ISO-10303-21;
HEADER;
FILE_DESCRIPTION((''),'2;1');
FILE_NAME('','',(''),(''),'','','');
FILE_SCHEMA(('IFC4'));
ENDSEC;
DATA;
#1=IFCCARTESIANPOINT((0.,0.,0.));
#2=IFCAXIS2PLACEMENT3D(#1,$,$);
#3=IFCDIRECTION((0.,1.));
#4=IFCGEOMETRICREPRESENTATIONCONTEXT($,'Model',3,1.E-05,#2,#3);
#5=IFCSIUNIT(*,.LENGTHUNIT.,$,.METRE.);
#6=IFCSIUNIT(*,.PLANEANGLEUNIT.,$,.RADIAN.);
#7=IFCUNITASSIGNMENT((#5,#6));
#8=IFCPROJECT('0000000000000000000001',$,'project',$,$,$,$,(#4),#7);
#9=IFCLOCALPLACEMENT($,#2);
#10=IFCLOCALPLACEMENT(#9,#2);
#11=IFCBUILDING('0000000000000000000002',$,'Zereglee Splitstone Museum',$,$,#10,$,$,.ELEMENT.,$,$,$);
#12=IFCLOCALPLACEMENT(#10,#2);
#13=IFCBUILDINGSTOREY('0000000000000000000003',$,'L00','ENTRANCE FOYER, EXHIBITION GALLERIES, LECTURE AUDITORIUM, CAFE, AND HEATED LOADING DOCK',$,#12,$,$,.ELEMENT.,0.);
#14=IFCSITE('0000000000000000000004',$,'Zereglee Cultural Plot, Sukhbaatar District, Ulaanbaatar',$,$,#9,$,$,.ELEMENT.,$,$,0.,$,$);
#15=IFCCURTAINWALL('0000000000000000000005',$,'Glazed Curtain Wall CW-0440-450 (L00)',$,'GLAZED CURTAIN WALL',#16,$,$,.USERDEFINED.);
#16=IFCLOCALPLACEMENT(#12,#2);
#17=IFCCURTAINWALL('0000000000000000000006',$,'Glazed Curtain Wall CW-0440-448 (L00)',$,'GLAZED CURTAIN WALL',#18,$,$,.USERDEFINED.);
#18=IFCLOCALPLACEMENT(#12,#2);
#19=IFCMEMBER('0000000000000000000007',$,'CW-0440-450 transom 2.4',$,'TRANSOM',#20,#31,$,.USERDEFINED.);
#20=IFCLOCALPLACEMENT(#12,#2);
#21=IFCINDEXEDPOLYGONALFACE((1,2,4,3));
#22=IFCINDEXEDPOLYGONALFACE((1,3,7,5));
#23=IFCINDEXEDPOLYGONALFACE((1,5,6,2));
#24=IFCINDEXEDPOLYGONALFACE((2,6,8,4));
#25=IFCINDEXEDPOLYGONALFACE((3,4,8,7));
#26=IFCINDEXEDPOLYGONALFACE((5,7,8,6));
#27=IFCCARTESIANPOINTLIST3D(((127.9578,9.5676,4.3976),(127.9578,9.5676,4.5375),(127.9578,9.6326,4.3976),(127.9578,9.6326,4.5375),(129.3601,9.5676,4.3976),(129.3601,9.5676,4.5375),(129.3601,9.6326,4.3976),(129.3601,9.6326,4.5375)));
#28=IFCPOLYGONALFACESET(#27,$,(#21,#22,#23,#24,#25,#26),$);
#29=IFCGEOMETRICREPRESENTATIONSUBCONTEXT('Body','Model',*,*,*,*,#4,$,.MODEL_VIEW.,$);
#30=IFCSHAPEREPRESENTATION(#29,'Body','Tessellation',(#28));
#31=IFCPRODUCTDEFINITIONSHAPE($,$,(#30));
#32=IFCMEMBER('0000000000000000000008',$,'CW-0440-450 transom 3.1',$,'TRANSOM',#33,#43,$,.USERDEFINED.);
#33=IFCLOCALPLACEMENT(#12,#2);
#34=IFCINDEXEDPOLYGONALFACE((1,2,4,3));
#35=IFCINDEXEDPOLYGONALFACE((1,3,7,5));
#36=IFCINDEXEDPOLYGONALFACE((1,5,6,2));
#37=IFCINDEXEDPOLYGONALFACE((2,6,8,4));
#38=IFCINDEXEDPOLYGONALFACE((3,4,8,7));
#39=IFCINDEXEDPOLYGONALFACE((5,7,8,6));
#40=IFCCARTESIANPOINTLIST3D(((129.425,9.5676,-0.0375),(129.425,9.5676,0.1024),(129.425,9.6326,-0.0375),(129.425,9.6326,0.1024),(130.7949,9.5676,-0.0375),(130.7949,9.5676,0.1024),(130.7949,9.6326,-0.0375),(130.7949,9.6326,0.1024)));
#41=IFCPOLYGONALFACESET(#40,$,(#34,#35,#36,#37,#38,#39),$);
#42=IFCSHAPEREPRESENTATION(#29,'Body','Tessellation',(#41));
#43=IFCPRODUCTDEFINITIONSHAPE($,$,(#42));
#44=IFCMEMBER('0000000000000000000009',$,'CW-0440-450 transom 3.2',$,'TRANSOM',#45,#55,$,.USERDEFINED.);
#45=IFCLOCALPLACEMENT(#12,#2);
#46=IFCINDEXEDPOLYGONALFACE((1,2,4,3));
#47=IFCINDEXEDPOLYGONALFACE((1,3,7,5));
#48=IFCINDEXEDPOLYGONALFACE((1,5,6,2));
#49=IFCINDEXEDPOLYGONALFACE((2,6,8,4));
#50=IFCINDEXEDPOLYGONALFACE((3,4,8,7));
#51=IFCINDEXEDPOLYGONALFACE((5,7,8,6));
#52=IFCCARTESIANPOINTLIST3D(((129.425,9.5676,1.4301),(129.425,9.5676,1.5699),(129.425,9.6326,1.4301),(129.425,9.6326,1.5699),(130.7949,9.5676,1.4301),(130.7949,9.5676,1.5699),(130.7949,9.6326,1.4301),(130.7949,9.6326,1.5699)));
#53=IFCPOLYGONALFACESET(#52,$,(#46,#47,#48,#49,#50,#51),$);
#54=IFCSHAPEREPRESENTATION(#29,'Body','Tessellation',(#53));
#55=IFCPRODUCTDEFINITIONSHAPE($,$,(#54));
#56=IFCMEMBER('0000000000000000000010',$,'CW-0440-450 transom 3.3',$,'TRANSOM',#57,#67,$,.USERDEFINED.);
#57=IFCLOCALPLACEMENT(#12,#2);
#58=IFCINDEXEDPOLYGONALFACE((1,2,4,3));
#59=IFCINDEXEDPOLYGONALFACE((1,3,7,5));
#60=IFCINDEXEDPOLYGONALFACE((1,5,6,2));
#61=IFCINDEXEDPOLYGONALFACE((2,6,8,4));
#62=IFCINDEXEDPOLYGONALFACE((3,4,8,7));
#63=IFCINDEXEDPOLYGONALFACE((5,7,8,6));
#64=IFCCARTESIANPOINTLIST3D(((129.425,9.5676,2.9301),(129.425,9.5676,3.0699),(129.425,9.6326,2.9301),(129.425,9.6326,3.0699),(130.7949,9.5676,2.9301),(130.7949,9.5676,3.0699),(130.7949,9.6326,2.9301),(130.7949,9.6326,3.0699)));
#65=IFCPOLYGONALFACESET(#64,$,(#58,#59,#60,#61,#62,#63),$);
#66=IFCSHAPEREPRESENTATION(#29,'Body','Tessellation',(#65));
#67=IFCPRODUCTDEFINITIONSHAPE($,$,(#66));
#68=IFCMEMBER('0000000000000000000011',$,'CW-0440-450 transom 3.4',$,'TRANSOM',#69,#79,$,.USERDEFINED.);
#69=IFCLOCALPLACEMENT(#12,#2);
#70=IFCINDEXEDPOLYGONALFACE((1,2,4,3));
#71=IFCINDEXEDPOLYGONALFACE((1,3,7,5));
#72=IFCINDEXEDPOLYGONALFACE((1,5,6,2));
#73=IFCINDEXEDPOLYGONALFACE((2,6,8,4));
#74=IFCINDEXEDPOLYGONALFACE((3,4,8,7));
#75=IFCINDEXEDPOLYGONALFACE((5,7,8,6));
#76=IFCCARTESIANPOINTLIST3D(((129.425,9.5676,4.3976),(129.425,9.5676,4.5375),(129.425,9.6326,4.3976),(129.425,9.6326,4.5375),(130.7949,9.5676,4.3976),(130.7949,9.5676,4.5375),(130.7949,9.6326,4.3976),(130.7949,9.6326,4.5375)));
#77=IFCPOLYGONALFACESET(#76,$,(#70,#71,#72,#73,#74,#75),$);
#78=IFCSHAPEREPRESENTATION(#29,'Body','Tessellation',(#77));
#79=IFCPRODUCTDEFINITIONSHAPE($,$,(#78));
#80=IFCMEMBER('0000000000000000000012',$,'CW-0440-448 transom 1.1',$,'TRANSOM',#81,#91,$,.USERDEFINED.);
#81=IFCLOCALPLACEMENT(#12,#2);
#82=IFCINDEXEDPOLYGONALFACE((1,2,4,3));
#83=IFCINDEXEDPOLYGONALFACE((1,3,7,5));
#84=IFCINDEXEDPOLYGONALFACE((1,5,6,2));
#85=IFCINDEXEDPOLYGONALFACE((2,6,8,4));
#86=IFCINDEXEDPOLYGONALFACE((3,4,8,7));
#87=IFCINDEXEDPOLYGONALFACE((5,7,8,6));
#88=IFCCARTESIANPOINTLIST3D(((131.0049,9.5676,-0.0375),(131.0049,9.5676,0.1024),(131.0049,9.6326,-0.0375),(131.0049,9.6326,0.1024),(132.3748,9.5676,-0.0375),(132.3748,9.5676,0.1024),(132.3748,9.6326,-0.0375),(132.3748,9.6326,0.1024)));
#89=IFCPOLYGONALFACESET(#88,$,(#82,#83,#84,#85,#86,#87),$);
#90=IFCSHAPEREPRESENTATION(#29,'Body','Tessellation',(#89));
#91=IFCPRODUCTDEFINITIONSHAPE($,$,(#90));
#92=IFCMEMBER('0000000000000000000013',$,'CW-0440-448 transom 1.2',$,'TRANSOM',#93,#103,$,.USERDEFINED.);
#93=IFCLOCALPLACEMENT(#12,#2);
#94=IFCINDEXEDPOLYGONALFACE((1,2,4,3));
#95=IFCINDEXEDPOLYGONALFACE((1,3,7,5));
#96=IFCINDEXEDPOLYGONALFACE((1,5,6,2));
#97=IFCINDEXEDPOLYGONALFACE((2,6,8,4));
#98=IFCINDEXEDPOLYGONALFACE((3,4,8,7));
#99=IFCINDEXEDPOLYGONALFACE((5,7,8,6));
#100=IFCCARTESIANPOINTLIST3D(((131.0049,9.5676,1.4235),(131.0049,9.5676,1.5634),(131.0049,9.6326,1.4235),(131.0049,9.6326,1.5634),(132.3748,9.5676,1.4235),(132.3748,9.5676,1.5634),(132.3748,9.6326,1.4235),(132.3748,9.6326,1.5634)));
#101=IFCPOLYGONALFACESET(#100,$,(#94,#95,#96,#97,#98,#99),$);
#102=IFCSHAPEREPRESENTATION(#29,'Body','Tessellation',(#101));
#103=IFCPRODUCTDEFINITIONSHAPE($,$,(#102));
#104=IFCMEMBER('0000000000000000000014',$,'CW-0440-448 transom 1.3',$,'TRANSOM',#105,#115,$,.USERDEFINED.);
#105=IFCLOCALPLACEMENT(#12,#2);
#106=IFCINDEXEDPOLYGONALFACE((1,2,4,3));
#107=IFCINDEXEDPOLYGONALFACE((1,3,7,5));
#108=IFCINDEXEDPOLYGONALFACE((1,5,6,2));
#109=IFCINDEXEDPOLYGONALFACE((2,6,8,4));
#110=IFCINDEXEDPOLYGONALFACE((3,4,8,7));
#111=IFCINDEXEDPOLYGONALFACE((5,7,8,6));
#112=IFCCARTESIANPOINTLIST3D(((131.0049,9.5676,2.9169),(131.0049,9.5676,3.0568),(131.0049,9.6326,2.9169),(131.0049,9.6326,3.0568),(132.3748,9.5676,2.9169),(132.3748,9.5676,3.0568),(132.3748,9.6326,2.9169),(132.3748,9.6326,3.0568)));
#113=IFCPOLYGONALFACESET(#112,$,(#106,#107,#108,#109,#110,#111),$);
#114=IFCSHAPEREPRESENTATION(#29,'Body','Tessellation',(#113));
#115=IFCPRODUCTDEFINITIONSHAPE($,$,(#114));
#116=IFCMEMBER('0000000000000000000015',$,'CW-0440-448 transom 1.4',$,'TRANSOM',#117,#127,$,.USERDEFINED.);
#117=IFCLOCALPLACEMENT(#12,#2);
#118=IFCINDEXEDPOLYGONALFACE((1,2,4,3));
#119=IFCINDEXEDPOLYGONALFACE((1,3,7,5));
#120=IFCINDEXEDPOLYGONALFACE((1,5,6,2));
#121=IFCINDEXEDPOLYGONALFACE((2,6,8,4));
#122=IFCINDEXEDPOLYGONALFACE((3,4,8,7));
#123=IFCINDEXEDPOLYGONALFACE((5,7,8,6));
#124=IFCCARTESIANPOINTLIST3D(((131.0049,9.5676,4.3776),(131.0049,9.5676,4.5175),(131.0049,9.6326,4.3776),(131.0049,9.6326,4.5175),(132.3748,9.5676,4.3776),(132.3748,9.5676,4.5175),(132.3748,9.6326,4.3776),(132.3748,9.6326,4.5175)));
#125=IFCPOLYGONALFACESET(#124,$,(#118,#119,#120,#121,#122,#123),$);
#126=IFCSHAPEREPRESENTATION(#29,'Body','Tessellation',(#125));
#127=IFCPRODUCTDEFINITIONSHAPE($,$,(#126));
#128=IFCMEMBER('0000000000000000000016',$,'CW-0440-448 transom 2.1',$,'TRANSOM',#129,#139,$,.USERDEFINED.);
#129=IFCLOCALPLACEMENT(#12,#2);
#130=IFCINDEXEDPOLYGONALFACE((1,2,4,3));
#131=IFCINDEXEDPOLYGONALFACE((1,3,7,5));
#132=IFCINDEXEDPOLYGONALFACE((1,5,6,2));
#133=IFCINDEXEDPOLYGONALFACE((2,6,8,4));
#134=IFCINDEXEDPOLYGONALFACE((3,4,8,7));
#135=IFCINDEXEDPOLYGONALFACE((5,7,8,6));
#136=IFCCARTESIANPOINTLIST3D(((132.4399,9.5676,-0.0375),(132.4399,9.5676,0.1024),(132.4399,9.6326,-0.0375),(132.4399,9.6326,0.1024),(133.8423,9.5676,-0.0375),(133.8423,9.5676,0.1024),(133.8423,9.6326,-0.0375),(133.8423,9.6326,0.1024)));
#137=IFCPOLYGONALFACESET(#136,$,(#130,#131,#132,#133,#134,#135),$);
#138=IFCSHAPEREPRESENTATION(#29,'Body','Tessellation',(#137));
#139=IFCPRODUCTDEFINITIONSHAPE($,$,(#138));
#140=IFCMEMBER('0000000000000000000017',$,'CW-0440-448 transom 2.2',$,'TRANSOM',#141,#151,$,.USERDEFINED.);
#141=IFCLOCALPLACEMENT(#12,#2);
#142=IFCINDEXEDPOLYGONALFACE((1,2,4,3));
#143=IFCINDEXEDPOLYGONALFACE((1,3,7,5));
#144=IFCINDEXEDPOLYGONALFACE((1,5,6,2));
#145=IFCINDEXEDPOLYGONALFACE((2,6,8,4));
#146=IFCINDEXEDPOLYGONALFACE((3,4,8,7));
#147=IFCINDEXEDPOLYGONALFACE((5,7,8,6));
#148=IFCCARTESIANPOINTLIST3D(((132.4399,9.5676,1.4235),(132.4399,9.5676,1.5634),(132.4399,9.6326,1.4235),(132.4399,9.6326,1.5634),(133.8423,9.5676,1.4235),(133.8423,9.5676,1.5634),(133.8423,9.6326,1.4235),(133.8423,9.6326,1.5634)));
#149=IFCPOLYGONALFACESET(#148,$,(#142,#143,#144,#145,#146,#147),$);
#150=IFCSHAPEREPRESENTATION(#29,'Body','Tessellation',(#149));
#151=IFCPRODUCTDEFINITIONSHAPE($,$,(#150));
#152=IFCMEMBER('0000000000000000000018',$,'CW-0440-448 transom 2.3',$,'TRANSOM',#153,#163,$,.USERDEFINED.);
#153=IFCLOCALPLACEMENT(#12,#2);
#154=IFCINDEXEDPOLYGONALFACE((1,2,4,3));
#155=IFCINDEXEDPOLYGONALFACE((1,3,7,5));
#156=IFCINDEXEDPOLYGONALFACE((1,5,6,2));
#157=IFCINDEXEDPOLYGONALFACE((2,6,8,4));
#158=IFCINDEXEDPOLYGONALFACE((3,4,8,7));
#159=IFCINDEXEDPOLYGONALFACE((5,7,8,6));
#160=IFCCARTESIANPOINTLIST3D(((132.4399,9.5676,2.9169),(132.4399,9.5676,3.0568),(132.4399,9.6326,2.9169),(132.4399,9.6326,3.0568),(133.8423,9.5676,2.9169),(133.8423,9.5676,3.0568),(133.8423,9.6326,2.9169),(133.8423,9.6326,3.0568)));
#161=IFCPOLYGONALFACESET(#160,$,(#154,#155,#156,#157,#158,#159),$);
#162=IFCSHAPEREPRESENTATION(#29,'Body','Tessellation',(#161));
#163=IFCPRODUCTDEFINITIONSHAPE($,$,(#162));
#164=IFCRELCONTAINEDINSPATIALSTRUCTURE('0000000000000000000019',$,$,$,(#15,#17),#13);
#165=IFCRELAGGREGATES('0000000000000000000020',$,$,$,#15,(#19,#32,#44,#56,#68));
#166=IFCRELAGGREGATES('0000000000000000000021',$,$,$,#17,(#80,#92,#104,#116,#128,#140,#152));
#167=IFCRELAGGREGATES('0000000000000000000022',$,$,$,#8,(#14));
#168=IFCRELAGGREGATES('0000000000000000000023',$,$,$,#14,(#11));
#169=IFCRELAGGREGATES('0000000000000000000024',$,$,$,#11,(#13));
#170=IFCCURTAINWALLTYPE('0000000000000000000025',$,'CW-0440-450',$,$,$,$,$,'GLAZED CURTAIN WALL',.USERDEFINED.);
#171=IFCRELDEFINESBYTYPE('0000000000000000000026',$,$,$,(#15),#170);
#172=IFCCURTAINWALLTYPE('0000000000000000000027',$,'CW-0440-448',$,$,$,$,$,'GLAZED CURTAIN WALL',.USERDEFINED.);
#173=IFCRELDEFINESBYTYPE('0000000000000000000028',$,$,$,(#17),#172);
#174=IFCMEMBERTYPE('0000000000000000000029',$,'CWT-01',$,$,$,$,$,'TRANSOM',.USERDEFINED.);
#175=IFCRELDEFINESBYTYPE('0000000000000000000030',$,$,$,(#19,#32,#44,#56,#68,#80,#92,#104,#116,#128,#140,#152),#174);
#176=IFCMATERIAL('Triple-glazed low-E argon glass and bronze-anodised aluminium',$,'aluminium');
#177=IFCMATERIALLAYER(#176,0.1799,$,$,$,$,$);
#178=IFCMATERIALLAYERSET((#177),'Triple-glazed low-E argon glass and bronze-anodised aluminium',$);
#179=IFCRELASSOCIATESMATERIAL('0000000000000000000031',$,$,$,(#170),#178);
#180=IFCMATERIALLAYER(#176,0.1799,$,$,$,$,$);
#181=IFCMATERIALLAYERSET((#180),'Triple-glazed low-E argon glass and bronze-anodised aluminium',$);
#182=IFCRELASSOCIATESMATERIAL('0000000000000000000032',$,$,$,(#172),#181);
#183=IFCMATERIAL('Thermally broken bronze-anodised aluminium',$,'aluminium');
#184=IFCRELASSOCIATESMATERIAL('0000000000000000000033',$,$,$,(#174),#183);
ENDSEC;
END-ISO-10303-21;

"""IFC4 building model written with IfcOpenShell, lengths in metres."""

from ifc_helpers import new_model, si_unit, direction, frame, origin, origin_2d, place, context, subcontext, project, spatial, rectangle, extrude, material, layer, layer_set, material_profile, profile_set, type_object, element, aggregate, save


model = new_model("IFC4")

# Units and contexts
model_context = context("Model", 3, precision=1e-05, world=origin(), true_north=direction((0.0, 1.0)))
body_context = subcontext(model_context, "Body", "Model", "MODEL_VIEW")
ifc_project = project(units=[si_unit("LENGTHUNIT", "METRE"), si_unit("PLANEANGLEUNIT", "RADIAN")], contexts=[model_context])

# Site, building, storey
site_placement = place(None, origin())
site = spatial("IfcSite", under=ifc_project, at=site_placement, Name="Zereglee Cultural Plot, Sukhbaatar District, Ulaanbaatar", CompositionType="ELEMENT", RefElevation=0.0)
building_placement = place(site_placement, origin())
building = spatial("IfcBuilding", under=site, at=building_placement, Name="Zereglee Splitstone Museum", CompositionType="ELEMENT")
storey_placement = place(building_placement, origin())
storey = spatial("IfcBuildingStorey", under=building, at=storey_placement, Name="L00", Description="ENTRANCE FOYER, EXHIBITION GALLERIES, LECTURE AUDITORIUM, CAFE, AND HEATED LOADING DOCK", CompositionType="ELEMENT", Elevation=0.0)

# Curtain walls
ifc_material_1 = material(Name="Triple-glazed low-E argon glass and bronze-anodised aluminium", Category="aluminium")
ifc_layer_1 = layer(ifc_material_1, 0.1799)
ifc_layer_set_1 = layer_set([ifc_layer_1], Name="Triple-glazed low-E argon glass and bronze-anodised aluminium")
curtain_wall_type_1 = type_object("IfcCurtainWallType", Name="CW-0440-450", ElementType="GLAZED CURTAIN WALL", PredefinedType="USERDEFINED", material=ifc_layer_set_1)
curtain_wall_1_placement = place(storey_placement, origin())
curtain_wall_1 = element("IfcCurtainWall", 1, at=curtain_wall_1_placement, inside=storey, type_object=curtain_wall_type_1, Name="Glazed Curtain Wall CW-0440-450 (L00)", ObjectType="GLAZED CURTAIN WALL", PredefinedType="USERDEFINED")
ifc_material_2 = material(Name="Thermally broken bronze-anodised aluminium", Category="aluminium")
ifc_layer_2 = layer(ifc_material_1, 0.1799)
ifc_layer_set_2 = layer_set([ifc_layer_2], Name="Triple-glazed low-E argon glass and bronze-anodised aluminium")
curtain_wall_type_2 = type_object("IfcCurtainWallType", Name="CW-0440-448", ElementType="GLAZED CURTAIN WALL", PredefinedType="USERDEFINED", material=ifc_layer_set_2)
curtain_wall_2_placement = place(storey_placement, origin())
curtain_wall_2 = element("IfcCurtainWall", 2, at=curtain_wall_2_placement, inside=storey, type_object=curtain_wall_type_2, Name="Glazed Curtain Wall CW-0440-448 (L00)", ObjectType="GLAZED CURTAIN WALL", PredefinedType="USERDEFINED")

# Members
ifc_material_profile_1 = material_profile(ifc_material_2, rectangle(XDim=0.0649, YDim=0.1399, at=origin_2d()), Name="CW TRAN 65x140")
ifc_profile_set_1 = profile_set([ifc_material_profile_1], Name="Thermally broken bronze-anodised aluminium")
member_type_1 = type_object("IfcMemberType", Name="CWT-01", ElementType="TRANSOM", PredefinedType="USERDEFINED", material=ifc_profile_set_1)
member_1_placement = place(storey_placement, frame((127.9578, 9.6001, 4.4675), z_axis=(1.0, 0.0, 0.0), x_axis=(0.0, 1.0, 0.0)))
member_1 = element("IfcMember", 3, at=member_1_placement, type_object=member_type_1, Name="CW-0440-450 transom 2.4", ObjectType="TRANSOM", PredefinedType="USERDEFINED", context=body_context, shape_type="SweptSolid", body=[
    extrude(rectangle(XDim=0.0649, YDim=0.1399, at=origin_2d()), origin(), (0.0, 0.0, 1.0), 1.4023),
])
member_2_placement = place(storey_placement, frame((129.425, 9.6001, 0.0325), z_axis=(1.0, 0.0, 0.0), x_axis=(0.0, 1.0, 0.0)))
member_2 = element("IfcMember", 4, at=member_2_placement, type_object=member_type_1, Name="CW-0440-450 transom 3.1", ObjectType="TRANSOM", PredefinedType="USERDEFINED", context=body_context, shape_type="SweptSolid", body=[
    extrude(rectangle(XDim=0.0649, YDim=0.1399, at=origin_2d()), origin(), (0.0, 0.0, 1.0), 1.3699),
])
member_3_placement = place(storey_placement, frame((129.425, 9.6001, 1.5), z_axis=(1.0, 0.0, 0.0), x_axis=(0.0, 1.0, 0.0)))
member_3 = element("IfcMember", 5, at=member_3_placement, type_object=member_type_1, Name="CW-0440-450 transom 3.2", ObjectType="TRANSOM", PredefinedType="USERDEFINED", context=body_context, shape_type="SweptSolid", body=[
    extrude(rectangle(XDim=0.0649, YDim=0.1399, at=origin_2d()), origin(), (0.0, 0.0, 1.0), 1.3699),
])
member_4_placement = place(storey_placement, frame((129.425, 9.6001, 3.0), z_axis=(1.0, 0.0, 0.0), x_axis=(0.0, 1.0, 0.0)))
member_4 = element("IfcMember", 6, at=member_4_placement, type_object=member_type_1, Name="CW-0440-450 transom 3.3", ObjectType="TRANSOM", PredefinedType="USERDEFINED", context=body_context, shape_type="SweptSolid", body=[
    extrude(rectangle(XDim=0.0649, YDim=0.1399, at=origin_2d()), origin(), (0.0, 0.0, 1.0), 1.3699),
])
member_5_placement = place(storey_placement, frame((129.425, 9.6001, 4.4675), z_axis=(1.0, 0.0, 0.0), x_axis=(0.0, 1.0, 0.0)))
member_5 = element("IfcMember", 7, at=member_5_placement, type_object=member_type_1, Name="CW-0440-450 transom 3.4", ObjectType="TRANSOM", PredefinedType="USERDEFINED", context=body_context, shape_type="SweptSolid", body=[
    extrude(rectangle(XDim=0.0649, YDim=0.1399, at=origin_2d()), origin(), (0.0, 0.0, 1.0), 1.3699),
])
member_6_placement = place(storey_placement, frame((131.0049, 9.6001, 0.0325), z_axis=(1.0, 0.0, 0.0), x_axis=(0.0, 1.0, 0.0)))
member_6 = element("IfcMember", 8, at=member_6_placement, type_object=member_type_1, Name="CW-0440-448 transom 1.1", ObjectType="TRANSOM", PredefinedType="USERDEFINED", context=body_context, shape_type="SweptSolid", body=[
    extrude(rectangle(XDim=0.0649, YDim=0.1399, at=origin_2d()), origin(), (0.0, 0.0, 1.0), 1.3699),
])
member_7_placement = place(storey_placement, frame((131.0049, 9.6001, 1.4934), z_axis=(1.0, 0.0, 0.0), x_axis=(0.0, 1.0, 0.0)))
member_7 = element("IfcMember", 9, at=member_7_placement, type_object=member_type_1, Name="CW-0440-448 transom 1.2", ObjectType="TRANSOM", PredefinedType="USERDEFINED", context=body_context, shape_type="SweptSolid", body=[
    extrude(rectangle(XDim=0.0649, YDim=0.1399, at=origin_2d()), origin(), (0.0, 0.0, 1.0), 1.3699),
])
member_8_placement = place(storey_placement, frame((131.0049, 9.6001, 2.9868), z_axis=(1.0, 0.0, 0.0), x_axis=(0.0, 1.0, 0.0)))
member_8 = element("IfcMember", 10, at=member_8_placement, type_object=member_type_1, Name="CW-0440-448 transom 1.3", ObjectType="TRANSOM", PredefinedType="USERDEFINED", context=body_context, shape_type="SweptSolid", body=[
    extrude(rectangle(XDim=0.0649, YDim=0.1399, at=origin_2d()), origin(), (0.0, 0.0, 1.0), 1.3699),
])
member_9_placement = place(storey_placement, frame((131.0049, 9.6001, 4.4475), z_axis=(1.0, 0.0, 0.0), x_axis=(0.0, 1.0, 0.0)))
member_9 = element("IfcMember", 11, at=member_9_placement, type_object=member_type_1, Name="CW-0440-448 transom 1.4", ObjectType="TRANSOM", PredefinedType="USERDEFINED", context=body_context, shape_type="SweptSolid", body=[
    extrude(rectangle(XDim=0.0649, YDim=0.1399, at=origin_2d()), origin(), (0.0, 0.0, 1.0), 1.3699),
])
member_10_placement = place(storey_placement, frame((132.4399, 9.6001, 0.0325), z_axis=(1.0, 0.0, 0.0), x_axis=(0.0, 1.0, 0.0)))
member_10 = element("IfcMember", 12, at=member_10_placement, type_object=member_type_1, Name="CW-0440-448 transom 2.1", ObjectType="TRANSOM", PredefinedType="USERDEFINED", context=body_context, shape_type="SweptSolid", body=[
    extrude(rectangle(XDim=0.0649, YDim=0.1399, at=origin_2d()), origin(), (0.0, 0.0, 1.0), 1.4023),
])
member_11_placement = place(storey_placement, frame((132.4399, 9.6001, 1.4934), z_axis=(1.0, 0.0, 0.0), x_axis=(0.0, 1.0, 0.0)))
member_11 = element("IfcMember", 13, at=member_11_placement, type_object=member_type_1, Name="CW-0440-448 transom 2.2", ObjectType="TRANSOM", PredefinedType="USERDEFINED", context=body_context, shape_type="SweptSolid", body=[
    extrude(rectangle(XDim=0.0649, YDim=0.1399, at=origin_2d()), origin(), (0.0, 0.0, 1.0), 1.4023),
])
member_12_placement = place(storey_placement, frame((132.4399, 9.6001, 2.9868), z_axis=(1.0, 0.0, 0.0), x_axis=(0.0, 1.0, 0.0)))
member_12 = element("IfcMember", 14, at=member_12_placement, type_object=member_type_1, Name="CW-0440-448 transom 2.3", ObjectType="TRANSOM", PredefinedType="USERDEFINED", context=body_context, shape_type="SweptSolid", body=[
    extrude(rectangle(XDim=0.0649, YDim=0.1399, at=origin_2d()), origin(), (0.0, 0.0, 1.0), 1.4023),
])

aggregate(curtain_wall_1, [member_1, member_2, member_3, member_4, member_5])
aggregate(curtain_wall_2, [member_6, member_7, member_8, member_9, member_10, member_11, member_12])

save(model, "model.ifc")
